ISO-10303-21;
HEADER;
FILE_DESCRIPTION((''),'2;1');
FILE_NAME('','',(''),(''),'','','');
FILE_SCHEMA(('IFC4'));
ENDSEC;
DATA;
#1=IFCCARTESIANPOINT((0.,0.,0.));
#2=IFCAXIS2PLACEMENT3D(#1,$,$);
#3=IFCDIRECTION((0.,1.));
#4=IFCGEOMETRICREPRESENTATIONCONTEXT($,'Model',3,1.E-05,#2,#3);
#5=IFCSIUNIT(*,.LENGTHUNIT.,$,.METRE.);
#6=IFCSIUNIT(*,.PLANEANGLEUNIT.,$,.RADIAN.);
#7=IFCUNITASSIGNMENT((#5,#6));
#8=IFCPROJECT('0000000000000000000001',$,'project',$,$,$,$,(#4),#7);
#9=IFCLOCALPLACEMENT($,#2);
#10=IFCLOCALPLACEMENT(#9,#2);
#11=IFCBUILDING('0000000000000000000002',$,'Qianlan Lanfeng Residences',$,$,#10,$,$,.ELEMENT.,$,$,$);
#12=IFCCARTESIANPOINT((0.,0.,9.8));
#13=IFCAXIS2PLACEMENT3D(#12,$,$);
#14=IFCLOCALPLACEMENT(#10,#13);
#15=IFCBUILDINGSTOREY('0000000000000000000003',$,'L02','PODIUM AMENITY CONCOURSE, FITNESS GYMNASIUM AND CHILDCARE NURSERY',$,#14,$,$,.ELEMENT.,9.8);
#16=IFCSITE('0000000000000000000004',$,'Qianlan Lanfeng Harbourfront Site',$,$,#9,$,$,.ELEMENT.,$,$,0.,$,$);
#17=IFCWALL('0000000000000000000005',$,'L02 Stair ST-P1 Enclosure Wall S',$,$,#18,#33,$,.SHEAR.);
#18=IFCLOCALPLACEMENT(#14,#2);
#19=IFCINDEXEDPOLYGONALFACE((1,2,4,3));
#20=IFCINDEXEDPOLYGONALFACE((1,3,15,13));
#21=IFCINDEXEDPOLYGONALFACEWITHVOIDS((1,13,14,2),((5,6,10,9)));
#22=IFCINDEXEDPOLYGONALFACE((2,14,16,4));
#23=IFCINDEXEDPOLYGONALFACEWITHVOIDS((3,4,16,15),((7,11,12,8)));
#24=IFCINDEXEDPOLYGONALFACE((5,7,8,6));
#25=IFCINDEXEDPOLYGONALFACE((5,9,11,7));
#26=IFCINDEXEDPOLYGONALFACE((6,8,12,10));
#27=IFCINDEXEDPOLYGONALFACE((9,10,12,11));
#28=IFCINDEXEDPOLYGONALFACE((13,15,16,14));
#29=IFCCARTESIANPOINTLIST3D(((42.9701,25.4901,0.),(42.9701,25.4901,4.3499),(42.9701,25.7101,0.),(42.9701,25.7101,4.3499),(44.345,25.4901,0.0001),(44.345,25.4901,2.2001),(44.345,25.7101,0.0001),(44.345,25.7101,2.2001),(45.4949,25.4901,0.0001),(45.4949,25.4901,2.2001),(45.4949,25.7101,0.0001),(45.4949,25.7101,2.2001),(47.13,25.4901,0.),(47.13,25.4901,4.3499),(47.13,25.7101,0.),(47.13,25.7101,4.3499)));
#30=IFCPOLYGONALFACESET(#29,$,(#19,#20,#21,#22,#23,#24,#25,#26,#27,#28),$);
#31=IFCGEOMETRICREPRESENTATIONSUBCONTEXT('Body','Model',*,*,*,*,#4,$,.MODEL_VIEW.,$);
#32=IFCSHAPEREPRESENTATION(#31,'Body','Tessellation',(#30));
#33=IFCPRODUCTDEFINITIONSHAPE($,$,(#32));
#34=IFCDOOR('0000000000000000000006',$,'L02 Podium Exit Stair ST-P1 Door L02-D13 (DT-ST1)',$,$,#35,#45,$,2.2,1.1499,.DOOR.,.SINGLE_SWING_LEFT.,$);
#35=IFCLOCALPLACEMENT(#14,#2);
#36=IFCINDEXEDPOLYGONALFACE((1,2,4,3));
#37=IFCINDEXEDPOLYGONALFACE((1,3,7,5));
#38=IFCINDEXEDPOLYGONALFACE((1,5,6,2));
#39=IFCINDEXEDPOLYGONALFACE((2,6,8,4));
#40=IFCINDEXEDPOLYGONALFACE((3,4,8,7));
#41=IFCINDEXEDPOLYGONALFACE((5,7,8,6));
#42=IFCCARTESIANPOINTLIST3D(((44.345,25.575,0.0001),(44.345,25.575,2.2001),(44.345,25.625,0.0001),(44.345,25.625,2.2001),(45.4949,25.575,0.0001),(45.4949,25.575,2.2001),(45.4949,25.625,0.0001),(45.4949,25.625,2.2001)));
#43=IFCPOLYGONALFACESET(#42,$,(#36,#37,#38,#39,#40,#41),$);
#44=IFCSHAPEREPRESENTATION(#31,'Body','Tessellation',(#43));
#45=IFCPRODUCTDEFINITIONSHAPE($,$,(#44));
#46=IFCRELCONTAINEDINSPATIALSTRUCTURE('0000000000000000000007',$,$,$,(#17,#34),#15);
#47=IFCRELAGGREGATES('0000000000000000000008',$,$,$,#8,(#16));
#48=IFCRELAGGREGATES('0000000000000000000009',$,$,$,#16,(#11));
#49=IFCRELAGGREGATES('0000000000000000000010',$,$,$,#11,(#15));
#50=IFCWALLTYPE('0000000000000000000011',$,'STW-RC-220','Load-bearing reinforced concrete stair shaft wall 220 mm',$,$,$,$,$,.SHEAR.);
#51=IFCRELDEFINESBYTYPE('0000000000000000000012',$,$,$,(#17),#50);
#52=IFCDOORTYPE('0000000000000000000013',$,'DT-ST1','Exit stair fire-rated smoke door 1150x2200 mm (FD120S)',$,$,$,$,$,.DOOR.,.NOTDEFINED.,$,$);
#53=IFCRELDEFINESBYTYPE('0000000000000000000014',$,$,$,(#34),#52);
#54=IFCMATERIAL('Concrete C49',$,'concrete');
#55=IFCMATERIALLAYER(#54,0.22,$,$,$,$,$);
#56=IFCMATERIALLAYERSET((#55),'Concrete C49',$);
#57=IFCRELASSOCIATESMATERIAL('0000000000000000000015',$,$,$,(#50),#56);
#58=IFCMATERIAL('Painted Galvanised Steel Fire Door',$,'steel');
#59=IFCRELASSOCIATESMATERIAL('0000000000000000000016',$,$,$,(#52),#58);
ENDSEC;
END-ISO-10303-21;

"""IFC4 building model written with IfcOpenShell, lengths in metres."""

from ifc_helpers import new_model, si_unit, direction, frame, frame_2d, origin, place, context, subcontext, project, spatial, rectangle, extrude, material, layer, layer_set, type_object, element, fill, save


model = new_model("IFC4")

# Units and contexts
model_context = context("Model", 3, precision=1e-05, world=origin(), true_north=direction((0.0, 1.0)))
body_context = subcontext(model_context, "Body", "Model", "MODEL_VIEW")
ifc_project = project(units=[si_unit("LENGTHUNIT", "METRE"), si_unit("PLANEANGLEUNIT", "RADIAN")], contexts=[model_context])

# Site, building, storey
site_placement = place(None, origin())
site = spatial("IfcSite", under=ifc_project, at=site_placement, Name="Qianlan Lanfeng Harbourfront Site", CompositionType="ELEMENT", RefElevation=0.0)
building_placement = place(site_placement, origin())
building = spatial("IfcBuilding", under=site, at=building_placement, Name="Qianlan Lanfeng Residences", CompositionType="ELEMENT")
storey_placement = place(building_placement, frame((0.0, 0.0, 9.8)))
storey = spatial("IfcBuildingStorey", under=building, at=storey_placement, Name="L02", Description="PODIUM AMENITY CONCOURSE, FITNESS GYMNASIUM AND CHILDCARE NURSERY", CompositionType="ELEMENT", Elevation=9.8)

# Shared definitions
ifc_material_1 = material(Name="Concrete C49", Category="concrete")
ifc_layer_1 = layer(ifc_material_1, 0.22)
ifc_layer_set_1 = layer_set([ifc_layer_1], Name="Concrete C49")
wall_type_1 = type_object("IfcWallType", Name="STW-RC-220", Description="Load-bearing reinforced concrete stair shaft wall 220 mm", PredefinedType="SHEAR", material=ifc_layer_set_1)

# Wall, opening, door
wall_1_placement = place(storey_placement, frame((42.97, 25.6001, 0.0), z_axis=(0.0, 0.0, 1.0), x_axis=(1.0, 0.0, 0.0)))
wall_1 = element("IfcWall", 1, at=wall_1_placement, inside=storey, type_object=wall_type_1, Name="L02 Stair ST-P1 Enclosure Wall S", PredefinedType="SHEAR", context=body_context, shape_type="SweptSolid", body=[
    extrude(rectangle(XDim=4.1599, YDim=0.22, at=frame_2d((2.0801, 0.0))), origin(), (0.0, 0.0, 1.0), 4.3499),
])
opening_1_placement = place(wall_1_placement, frame((1.375, 0.0, 0.0)))
opening_1 = element("IfcOpeningElement", 2, at=opening_1_placement, cuts=wall_1, PredefinedType="OPENING", context=body_context, shape_type="SweptSolid", body=[
    extrude(rectangle(XDim=1.1499, YDim=2.2, at=frame_2d((0.575, 1.1001))), frame((0.0, 0.1201, 0.0), z_axis=(0.0, -1.0, 0.0), x_axis=(1.0, 0.0, 0.0)), (0.0, 0.0, 1.0), 0.24),
])
ifc_material_2 = material(Name="Painted Galvanised Steel Fire Door", Category="steel")
door_type_1 = type_object("IfcDoorType", Name="DT-ST1", Description="Exit stair fire-rated smoke door 1150x2200 mm (FD120S)", OperationType="NOTDEFINED", PredefinedType="DOOR", material=ifc_material_2)
door_1_placement = place(opening_1_placement, origin())
door_1 = element("IfcDoor", 3, at=door_1_placement, inside=storey, type_object=door_type_1, Name="L02 Podium Exit Stair ST-P1 Door L02-D13 (DT-ST1)", OperationType="SINGLE_SWING_LEFT", OverallHeight=2.2, OverallWidth=1.1499, PredefinedType="DOOR", context=body_context, shape_type="SweptSolid", body=[
    extrude(rectangle(XDim=1.1499, YDim=2.2, at=frame_2d((0.575, 1.1001))), frame((0.0, 0.0249, 0.0), z_axis=(0.0, -1.0, 0.0), x_axis=(1.0, 0.0, 0.0)), (0.0, 0.0, 1.0), 0.05),
])
fill(opening_1, door_1)

save(model, "model.ifc")
